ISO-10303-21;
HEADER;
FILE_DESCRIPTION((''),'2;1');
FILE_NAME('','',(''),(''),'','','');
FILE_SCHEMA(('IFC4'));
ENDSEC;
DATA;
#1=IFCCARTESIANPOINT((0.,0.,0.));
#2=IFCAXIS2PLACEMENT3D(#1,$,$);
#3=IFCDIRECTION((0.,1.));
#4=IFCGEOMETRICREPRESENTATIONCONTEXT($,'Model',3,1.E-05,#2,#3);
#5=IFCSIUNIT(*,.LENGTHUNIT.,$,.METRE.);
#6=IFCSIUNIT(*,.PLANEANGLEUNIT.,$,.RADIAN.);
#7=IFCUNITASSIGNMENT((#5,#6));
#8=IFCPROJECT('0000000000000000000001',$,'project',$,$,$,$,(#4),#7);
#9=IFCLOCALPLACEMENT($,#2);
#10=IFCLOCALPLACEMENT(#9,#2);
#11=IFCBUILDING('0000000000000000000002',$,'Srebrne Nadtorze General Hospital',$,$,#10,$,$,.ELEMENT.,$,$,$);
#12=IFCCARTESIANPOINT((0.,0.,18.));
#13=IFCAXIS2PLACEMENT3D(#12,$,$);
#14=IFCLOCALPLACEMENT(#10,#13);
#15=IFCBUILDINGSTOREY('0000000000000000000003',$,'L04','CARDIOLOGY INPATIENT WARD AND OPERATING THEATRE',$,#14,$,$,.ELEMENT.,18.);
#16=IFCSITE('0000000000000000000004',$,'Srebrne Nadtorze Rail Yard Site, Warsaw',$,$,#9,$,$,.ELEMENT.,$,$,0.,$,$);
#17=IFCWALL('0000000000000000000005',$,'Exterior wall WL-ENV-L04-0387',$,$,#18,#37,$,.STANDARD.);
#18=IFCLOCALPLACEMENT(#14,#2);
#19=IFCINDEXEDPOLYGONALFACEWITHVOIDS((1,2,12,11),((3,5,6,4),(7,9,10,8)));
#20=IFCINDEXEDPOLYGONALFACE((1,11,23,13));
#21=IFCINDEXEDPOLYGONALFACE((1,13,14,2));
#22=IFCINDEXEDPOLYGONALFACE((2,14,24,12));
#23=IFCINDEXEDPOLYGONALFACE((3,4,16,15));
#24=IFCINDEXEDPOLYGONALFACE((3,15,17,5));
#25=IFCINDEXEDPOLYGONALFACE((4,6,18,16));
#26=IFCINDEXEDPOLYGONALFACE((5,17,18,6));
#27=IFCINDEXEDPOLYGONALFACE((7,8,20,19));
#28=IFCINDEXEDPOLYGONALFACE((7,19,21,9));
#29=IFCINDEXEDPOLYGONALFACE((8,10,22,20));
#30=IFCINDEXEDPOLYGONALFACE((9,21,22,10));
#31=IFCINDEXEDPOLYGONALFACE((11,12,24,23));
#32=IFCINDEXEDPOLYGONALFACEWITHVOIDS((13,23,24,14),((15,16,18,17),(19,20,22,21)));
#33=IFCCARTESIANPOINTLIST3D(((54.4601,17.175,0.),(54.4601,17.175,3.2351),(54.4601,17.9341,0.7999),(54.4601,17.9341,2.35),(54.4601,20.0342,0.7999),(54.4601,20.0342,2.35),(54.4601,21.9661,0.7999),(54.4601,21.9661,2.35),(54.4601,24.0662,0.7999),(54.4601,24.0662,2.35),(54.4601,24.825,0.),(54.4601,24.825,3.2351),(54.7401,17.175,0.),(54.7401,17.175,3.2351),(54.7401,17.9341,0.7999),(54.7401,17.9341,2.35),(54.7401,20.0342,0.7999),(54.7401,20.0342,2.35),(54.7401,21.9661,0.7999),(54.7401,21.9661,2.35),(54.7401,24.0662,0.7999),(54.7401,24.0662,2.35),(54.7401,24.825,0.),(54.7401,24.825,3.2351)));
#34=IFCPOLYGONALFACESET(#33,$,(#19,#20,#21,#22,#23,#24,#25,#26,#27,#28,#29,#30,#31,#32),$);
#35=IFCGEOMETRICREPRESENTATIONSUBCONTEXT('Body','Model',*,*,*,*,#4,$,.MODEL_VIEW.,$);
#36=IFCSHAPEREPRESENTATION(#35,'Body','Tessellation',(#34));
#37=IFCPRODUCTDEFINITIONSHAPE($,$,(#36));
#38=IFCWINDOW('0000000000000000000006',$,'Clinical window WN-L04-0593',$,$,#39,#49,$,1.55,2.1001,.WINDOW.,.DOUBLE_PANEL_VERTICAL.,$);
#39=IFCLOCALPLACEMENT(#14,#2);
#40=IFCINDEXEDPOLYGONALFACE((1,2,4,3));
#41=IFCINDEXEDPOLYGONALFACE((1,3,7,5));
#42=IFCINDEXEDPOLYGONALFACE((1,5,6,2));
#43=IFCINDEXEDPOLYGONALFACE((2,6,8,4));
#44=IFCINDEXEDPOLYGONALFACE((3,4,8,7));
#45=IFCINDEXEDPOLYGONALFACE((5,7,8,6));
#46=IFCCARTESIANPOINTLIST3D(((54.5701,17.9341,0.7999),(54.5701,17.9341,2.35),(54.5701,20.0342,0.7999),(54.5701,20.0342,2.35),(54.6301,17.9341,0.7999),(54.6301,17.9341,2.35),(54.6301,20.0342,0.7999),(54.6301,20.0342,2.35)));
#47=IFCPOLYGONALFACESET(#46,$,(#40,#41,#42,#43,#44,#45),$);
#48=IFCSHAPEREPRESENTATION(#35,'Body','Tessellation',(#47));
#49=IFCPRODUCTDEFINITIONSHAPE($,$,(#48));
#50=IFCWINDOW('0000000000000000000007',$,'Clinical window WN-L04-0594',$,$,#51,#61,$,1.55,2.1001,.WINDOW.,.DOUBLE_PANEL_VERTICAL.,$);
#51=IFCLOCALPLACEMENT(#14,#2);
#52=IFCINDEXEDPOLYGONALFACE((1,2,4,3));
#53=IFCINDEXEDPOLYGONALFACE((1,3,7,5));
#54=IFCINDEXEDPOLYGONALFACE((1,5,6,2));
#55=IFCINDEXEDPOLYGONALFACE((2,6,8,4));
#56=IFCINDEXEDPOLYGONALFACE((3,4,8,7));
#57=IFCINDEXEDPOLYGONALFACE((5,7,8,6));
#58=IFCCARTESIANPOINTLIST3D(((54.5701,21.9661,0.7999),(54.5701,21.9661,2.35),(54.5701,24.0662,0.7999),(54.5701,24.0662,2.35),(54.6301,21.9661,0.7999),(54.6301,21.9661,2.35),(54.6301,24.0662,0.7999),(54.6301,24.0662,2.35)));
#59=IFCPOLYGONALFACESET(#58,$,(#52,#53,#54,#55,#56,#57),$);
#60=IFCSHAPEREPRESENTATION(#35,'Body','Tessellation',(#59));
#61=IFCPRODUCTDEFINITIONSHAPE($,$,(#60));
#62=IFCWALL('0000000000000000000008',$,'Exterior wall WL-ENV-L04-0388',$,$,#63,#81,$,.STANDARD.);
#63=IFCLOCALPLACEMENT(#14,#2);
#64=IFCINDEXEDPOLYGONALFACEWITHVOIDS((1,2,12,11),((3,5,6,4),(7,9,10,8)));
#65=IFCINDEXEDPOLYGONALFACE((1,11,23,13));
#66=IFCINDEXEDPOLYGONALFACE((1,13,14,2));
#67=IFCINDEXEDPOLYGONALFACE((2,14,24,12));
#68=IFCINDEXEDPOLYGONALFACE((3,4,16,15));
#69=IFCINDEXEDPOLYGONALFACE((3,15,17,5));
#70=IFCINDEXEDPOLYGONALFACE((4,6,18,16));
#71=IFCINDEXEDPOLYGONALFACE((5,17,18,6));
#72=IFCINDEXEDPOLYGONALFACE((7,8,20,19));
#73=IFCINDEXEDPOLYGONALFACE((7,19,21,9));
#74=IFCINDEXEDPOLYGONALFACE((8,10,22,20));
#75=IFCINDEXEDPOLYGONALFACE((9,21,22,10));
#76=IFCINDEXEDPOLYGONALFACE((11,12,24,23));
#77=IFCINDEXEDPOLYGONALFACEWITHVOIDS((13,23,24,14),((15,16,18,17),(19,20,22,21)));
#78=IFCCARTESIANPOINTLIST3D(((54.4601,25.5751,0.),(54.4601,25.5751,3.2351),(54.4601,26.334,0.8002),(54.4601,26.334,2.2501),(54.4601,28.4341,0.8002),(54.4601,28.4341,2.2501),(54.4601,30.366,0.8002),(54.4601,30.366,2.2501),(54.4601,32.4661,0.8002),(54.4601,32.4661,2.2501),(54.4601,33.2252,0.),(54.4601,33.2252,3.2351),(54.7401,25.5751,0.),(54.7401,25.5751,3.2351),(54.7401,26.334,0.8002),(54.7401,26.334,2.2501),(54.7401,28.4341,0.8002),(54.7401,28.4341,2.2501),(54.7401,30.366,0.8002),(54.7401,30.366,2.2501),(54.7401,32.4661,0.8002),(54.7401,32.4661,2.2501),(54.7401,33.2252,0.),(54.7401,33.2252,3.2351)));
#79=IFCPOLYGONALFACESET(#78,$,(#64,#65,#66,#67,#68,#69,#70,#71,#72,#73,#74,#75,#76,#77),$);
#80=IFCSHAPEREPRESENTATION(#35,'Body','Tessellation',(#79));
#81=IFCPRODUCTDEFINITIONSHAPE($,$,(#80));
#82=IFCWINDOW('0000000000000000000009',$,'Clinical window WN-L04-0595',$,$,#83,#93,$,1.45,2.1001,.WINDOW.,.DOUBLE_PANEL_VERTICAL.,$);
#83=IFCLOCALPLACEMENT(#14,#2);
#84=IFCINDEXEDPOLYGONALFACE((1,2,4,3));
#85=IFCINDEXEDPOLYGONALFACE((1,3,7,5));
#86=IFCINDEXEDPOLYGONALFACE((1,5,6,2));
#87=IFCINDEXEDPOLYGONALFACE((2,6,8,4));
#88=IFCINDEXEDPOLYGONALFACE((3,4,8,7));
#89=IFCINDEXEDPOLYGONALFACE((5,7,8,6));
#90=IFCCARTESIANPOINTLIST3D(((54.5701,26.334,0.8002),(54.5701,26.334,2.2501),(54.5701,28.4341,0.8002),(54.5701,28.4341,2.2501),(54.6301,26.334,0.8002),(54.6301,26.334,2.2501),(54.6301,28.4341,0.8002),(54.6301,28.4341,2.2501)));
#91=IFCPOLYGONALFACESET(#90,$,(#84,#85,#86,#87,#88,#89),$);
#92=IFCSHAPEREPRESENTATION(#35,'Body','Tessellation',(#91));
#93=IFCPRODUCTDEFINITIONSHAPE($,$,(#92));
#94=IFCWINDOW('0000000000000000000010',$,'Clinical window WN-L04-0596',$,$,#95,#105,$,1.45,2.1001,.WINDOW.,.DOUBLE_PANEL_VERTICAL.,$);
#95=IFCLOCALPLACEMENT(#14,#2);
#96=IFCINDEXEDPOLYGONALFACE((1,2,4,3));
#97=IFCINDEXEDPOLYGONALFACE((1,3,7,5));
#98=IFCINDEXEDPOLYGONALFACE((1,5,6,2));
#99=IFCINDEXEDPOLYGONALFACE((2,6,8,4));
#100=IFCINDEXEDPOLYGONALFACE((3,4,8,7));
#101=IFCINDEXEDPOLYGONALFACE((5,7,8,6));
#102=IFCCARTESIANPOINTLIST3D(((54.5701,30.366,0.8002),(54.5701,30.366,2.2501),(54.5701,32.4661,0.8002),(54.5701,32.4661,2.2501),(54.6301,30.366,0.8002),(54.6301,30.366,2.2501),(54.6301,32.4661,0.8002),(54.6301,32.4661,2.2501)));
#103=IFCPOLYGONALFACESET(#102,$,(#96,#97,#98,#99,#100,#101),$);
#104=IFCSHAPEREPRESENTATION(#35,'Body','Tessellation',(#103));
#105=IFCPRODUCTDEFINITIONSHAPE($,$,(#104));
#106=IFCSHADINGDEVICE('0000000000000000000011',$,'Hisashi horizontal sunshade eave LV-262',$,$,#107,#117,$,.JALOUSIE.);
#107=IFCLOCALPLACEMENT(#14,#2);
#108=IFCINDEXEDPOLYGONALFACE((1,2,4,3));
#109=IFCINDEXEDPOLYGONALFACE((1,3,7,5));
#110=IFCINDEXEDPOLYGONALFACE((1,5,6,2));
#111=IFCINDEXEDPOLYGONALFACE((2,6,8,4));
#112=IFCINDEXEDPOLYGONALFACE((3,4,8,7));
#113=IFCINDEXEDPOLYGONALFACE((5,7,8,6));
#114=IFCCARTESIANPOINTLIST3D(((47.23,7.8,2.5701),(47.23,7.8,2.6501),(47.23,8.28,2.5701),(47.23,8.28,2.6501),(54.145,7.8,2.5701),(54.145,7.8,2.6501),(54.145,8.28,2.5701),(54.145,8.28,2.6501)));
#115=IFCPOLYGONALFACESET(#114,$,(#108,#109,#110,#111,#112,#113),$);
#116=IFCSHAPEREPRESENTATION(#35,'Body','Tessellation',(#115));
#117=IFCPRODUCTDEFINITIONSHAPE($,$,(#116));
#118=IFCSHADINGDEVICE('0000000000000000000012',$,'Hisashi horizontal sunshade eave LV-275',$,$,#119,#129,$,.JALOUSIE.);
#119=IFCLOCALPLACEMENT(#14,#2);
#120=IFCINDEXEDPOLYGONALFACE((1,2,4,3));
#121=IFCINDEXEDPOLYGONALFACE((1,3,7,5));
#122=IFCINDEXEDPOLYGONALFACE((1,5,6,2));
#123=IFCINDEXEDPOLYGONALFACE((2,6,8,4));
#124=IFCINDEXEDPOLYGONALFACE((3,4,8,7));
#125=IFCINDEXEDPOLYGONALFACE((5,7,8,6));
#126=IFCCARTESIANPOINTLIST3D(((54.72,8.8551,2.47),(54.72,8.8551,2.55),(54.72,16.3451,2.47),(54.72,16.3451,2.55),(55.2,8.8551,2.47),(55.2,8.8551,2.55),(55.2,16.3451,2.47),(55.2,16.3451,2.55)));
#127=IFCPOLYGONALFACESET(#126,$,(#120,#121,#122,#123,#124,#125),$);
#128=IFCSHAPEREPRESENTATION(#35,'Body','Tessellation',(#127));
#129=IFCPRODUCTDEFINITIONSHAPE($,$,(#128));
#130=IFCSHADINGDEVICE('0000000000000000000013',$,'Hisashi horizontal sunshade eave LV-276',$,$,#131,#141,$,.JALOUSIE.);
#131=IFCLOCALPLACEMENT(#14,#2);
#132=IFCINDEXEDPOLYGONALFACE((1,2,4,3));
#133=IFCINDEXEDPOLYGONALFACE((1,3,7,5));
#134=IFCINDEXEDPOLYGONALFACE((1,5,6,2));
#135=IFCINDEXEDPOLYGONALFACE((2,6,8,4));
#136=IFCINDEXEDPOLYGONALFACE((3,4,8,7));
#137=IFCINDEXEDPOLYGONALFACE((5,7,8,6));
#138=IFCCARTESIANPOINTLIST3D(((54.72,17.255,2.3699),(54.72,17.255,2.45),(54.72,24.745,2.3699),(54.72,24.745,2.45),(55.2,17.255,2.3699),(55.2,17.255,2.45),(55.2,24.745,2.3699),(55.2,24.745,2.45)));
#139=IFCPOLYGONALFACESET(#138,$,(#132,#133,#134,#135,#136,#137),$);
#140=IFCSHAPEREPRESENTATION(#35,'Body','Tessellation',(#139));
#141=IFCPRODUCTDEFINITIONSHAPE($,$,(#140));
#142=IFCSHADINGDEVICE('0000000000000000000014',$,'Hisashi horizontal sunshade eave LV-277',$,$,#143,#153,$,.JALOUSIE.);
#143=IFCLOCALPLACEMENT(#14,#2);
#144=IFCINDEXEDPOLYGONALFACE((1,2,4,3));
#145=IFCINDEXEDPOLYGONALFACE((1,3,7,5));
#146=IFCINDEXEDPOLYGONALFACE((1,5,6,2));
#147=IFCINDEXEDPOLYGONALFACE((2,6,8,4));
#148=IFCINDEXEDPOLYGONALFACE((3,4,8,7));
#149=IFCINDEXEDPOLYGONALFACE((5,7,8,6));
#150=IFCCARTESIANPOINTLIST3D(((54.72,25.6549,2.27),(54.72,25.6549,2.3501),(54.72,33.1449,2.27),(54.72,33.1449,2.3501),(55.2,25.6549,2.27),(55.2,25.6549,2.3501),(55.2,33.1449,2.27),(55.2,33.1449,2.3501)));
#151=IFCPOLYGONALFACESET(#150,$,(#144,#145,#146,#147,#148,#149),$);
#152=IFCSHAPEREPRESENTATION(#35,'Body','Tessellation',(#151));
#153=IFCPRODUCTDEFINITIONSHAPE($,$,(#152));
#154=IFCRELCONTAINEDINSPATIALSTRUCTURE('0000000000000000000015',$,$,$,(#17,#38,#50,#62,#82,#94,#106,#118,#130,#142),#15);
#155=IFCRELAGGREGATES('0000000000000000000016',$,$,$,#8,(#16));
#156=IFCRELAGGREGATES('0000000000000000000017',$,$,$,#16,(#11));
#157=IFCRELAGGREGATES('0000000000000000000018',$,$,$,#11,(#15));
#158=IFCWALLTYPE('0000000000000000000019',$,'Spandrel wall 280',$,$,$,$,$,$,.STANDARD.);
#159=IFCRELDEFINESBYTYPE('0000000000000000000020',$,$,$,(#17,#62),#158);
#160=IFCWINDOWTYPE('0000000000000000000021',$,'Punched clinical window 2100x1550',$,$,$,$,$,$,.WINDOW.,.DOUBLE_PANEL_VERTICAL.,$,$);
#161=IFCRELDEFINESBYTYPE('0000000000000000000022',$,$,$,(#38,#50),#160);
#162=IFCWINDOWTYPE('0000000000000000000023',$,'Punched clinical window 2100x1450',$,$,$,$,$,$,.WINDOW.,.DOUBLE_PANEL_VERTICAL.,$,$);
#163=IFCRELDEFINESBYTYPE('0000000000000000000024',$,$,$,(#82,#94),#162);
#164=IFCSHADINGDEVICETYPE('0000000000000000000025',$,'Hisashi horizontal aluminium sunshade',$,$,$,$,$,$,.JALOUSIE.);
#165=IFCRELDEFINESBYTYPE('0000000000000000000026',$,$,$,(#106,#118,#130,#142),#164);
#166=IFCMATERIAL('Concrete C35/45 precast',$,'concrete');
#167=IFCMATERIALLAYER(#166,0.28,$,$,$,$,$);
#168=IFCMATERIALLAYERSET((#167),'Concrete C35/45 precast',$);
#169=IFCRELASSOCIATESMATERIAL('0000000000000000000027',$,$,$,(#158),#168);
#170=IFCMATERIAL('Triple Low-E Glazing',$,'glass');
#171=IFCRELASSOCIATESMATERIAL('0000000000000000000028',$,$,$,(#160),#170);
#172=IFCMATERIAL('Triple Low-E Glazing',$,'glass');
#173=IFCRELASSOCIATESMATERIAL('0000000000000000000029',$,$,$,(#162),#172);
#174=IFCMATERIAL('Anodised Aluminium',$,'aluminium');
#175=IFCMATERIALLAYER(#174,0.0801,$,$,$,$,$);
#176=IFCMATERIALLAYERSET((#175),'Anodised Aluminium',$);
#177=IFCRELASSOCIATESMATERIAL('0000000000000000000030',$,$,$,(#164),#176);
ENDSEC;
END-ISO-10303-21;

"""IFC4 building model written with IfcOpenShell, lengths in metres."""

from ifc_helpers import new_model, si_unit, direction, frame, frame_2d, origin, origin_2d, place, context, subcontext, project, spatial, rectangle, extrude, material, layer, layer_set, type_object, element, fill, save


model = new_model("IFC4")

# Units and contexts
model_context = context("Model", 3, precision=1e-05, world=origin(), true_north=direction((0.0, 1.0)))
body_context = subcontext(model_context, "Body", "Model", "MODEL_VIEW")
ifc_project = project(units=[si_unit("LENGTHUNIT", "METRE"), si_unit("PLANEANGLEUNIT", "RADIAN")], contexts=[model_context])

# Site, building, storey
site_placement = place(None, origin())
site = spatial("IfcSite", under=ifc_project, at=site_placement, Name="Srebrne Nadtorze Rail Yard Site, Warsaw", CompositionType="ELEMENT", RefElevation=0.0)
building_placement = place(site_placement, origin())
building = spatial("IfcBuilding", under=site, at=building_placement, Name="Srebrne Nadtorze General Hospital", CompositionType="ELEMENT")
storey_placement = place(building_placement, frame((0.0, 0.0, 18.0)))
storey = spatial("IfcBuildingStorey", under=building, at=storey_placement, Name="L04", Description="CARDIOLOGY INPATIENT WARD AND OPERATING THEATRE", CompositionType="ELEMENT", Elevation=18.0)

# Walls, openings, windows
ifc_material_1 = material(Name="Concrete C35/45 precast", Category="concrete")
ifc_layer_1 = layer(ifc_material_1, 0.28)
ifc_layer_set_1 = layer_set([ifc_layer_1], Name="Concrete C35/45 precast")
wall_type = type_object("IfcWallType", Name="Spandrel wall 280", PredefinedType="STANDARD", material=ifc_layer_set_1)
wall_1_placement = place(storey_placement, frame((54.6001, 17.175, 0.0), z_axis=(0.0, 0.0, 1.0), x_axis=(0.0, 1.0, 0.0)))
wall_1 = element("IfcWall", 1, at=wall_1_placement, inside=storey, type_object=wall_type, Name="Exterior wall WL-ENV-L04-0387", PredefinedType="STANDARD", context=body_context, shape_type="SweptSolid", body=[
    extrude(rectangle(XDim=7.6499, YDim=0.28, at=frame_2d((3.825, 0.0))), origin(), (0.0, 0.0, 1.0), 3.2351),
])
opening_1_placement = place(wall_1_placement, frame((0.759, 0.0, 0.8)))
opening_1 = element("IfcOpeningElement", 2, at=opening_1_placement, cuts=wall_1, PredefinedType="OPENING", context=body_context, shape_type="SweptSolid", body=[
    extrude(rectangle(XDim=2.1001, YDim=1.55, at=frame_2d((1.05, 0.7749))), frame((0.0, 0.1519, 0.0), z_axis=(0.0, -1.0, 0.0), x_axis=(1.0, 0.0, 0.0)), (0.0, 0.0, 1.0), 0.304),
])
opening_2_placement = place(wall_1_placement, frame((4.791, 0.0, 0.8)))
opening_2 = element("IfcOpeningElement", 3, at=opening_2_placement, cuts=wall_1, PredefinedType="OPENING", context=body_context, shape_type="SweptSolid", body=[
    extrude(rectangle(XDim=2.1001, YDim=1.55, at=frame_2d((1.05, 0.7749))), frame((0.0, 0.1519, 0.0), z_axis=(0.0, -1.0, 0.0), x_axis=(1.0, 0.0, 0.0)), (0.0, 0.0, 1.0), 0.304),
])
ifc_material_2 = material(Name="Triple Low-E Glazing", Category="glass")
window_type_1 = type_object("IfcWindowType", Name="Punched clinical window 2100x1550", PartitioningType="DOUBLE_PANEL_VERTICAL", PredefinedType="WINDOW", material=ifc_material_2)
window_1_placement = place(opening_1_placement, origin())
window_1 = element("IfcWindow", 4, at=window_1_placement, inside=storey, type_object=window_type_1, Name="Clinical window WN-L04-0593", OverallHeight=1.55, OverallWidth=2.1001, PartitioningType="DOUBLE_PANEL_VERTICAL", PredefinedType="WINDOW", context=body_context, shape_type="SweptSolid", body=[
    extrude(rectangle(XDim=2.1001, YDim=1.55, at=frame_2d((1.05, 0.7749))), frame((0.0, 0.03, 0.0), z_axis=(0.0, -1.0, 0.0), x_axis=(1.0, 0.0, 0.0)), (0.0, 0.0, 1.0), 0.0601),
])
fill(opening_1, window_1)
window_2_placement = place(opening_2_placement, origin())
window_2 = element("IfcWindow", 5, at=window_2_placement, inside=storey, type_object=window_type_1, Name="Clinical window WN-L04-0594", OverallHeight=1.55, OverallWidth=2.1001, PartitioningType="DOUBLE_PANEL_VERTICAL", PredefinedType="WINDOW", context=body_context, shape_type="SweptSolid", body=[
    extrude(rectangle(XDim=2.1001, YDim=1.55, at=frame_2d((1.05, 0.7749))), frame((0.0, 0.03, 0.0), z_axis=(0.0, -1.0, 0.0), x_axis=(1.0, 0.0, 0.0)), (0.0, 0.0, 1.0), 0.0601),
])
fill(opening_2, window_2)
wall_2_placement = place(storey_placement, frame((54.6001, 25.575, 0.0), z_axis=(0.0, 0.0, 1.0), x_axis=(0.0, 1.0, 0.0)))
wall_2 = element("IfcWall", 6, at=wall_2_placement, inside=storey, type_object=wall_type, Name="Exterior wall WL-ENV-L04-0388", PredefinedType="STANDARD", context=body_context, shape_type="SweptSolid", body=[
    extrude(rectangle(XDim=7.6501, YDim=0.28, at=frame_2d((3.8252, 0.0))), origin(), (0.0, 0.0, 1.0), 3.2351),
])
opening_3_placement = place(wall_2_placement, frame((0.759, 0.0, 0.8)))
opening_3 = element("IfcOpeningElement", 7, at=opening_3_placement, cuts=wall_2, PredefinedType="OPENING", context=body_context, shape_type="SweptSolid", body=[
    extrude(rectangle(XDim=2.1001, YDim=1.45, at=frame_2d((1.05, 0.7251))), frame((0.0, 0.1519, 0.0), z_axis=(0.0, -1.0, 0.0), x_axis=(1.0, 0.0, 0.0)), (0.0, 0.0, 1.0), 0.304),
])
opening_4_placement = place(wall_2_placement, frame((4.791, 0.0, 0.8)))
opening_4 = element("IfcOpeningElement", 8, at=opening_4_placement, cuts=wall_2, PredefinedType="OPENING", context=body_context, shape_type="SweptSolid", body=[
    extrude(rectangle(XDim=2.1001, YDim=1.45, at=frame_2d((1.05, 0.7251))), frame((0.0, 0.1519, 0.0), z_axis=(0.0, -1.0, 0.0), x_axis=(1.0, 0.0, 0.0)), (0.0, 0.0, 1.0), 0.304),
])
ifc_material_3 = material(Name="Triple Low-E Glazing", Category="glass")
window_type_2 = type_object("IfcWindowType", Name="Punched clinical window 2100x1450", PartitioningType="DOUBLE_PANEL_VERTICAL", PredefinedType="WINDOW", material=ifc_material_3)
window_3_placement = place(opening_3_placement, origin())
window_3 = element("IfcWindow", 9, at=window_3_placement, inside=storey, type_object=window_type_2, Name="Clinical window WN-L04-0595", OverallHeight=1.45, OverallWidth=2.1001, PartitioningType="DOUBLE_PANEL_VERTICAL", PredefinedType="WINDOW", context=body_context, shape_type="SweptSolid", body=[
    extrude(rectangle(XDim=2.1001, YDim=1.45, at=frame_2d((1.05, 0.7251))), frame((0.0, 0.03, 0.0), z_axis=(0.0, -1.0, 0.0), x_axis=(1.0, 0.0, 0.0)), (0.0, 0.0, 1.0), 0.0601),
])
fill(opening_3, window_3)
window_4_placement = place(opening_4_placement, origin())
window_4 = element("IfcWindow", 10, at=window_4_placement, inside=storey, type_object=window_type_2, Name="Clinical window WN-L04-0596", OverallHeight=1.45, OverallWidth=2.1001, PartitioningType="DOUBLE_PANEL_VERTICAL", PredefinedType="WINDOW", context=body_context, shape_type="SweptSolid", body=[
    extrude(rectangle(XDim=2.1001, YDim=1.45, at=frame_2d((1.05, 0.7251))), frame((0.0, 0.03, 0.0), z_axis=(0.0, -1.0, 0.0), x_axis=(1.0, 0.0, 0.0)), (0.0, 0.0, 1.0), 0.0601),
])
fill(opening_4, window_4)

# Shading devices
ifc_material_4 = material(Name="Anodised Aluminium", Category="aluminium")
ifc_layer_2 = layer(ifc_material_4, 0.0801)
ifc_layer_set_2 = layer_set([ifc_layer_2], Name="Anodised Aluminium")
shading_device_type = type_object("IfcShadingDeviceType", Name="Hisashi horizontal aluminium sunshade", PredefinedType="JALOUSIE", material=ifc_layer_set_2)
shading_device_placement = place(storey_placement, frame((50.6875, 8.04, 2.5701), z_axis=(0.0, 0.0, 1.0), x_axis=(1.0, 0.0, 0.0)))
element("IfcShadingDevice", 11, at=shading_device_placement, inside=storey, type_object=shading_device_type, Name="Hisashi horizontal sunshade eave LV-262", PredefinedType="JALOUSIE", context=body_context, shape_type="SweptSolid", body=[
    extrude(rectangle(XDim=6.915, YDim=0.48, at=origin_2d()), origin(), (0.0, 0.0, 1.0), 0.0801),
])
for number, where, z_axis, x_axis, name in (
    (12, (54.96, 12.6001, 2.47), (0.0, 0.0, 1.0), (1.0, 0.0, 0.0), "Hisashi horizontal sunshade eave LV-275"),
    (13, (54.96, 21.0, 2.3699), (0.0, 0.0, 1.0), (1.0, 0.0, 0.0), "Hisashi horizontal sunshade eave LV-276"),
    (14, (54.96, 29.3999, 2.27), (0.0, 0.0, 1.0), (1.0, 0.0, 0.0), "Hisashi horizontal sunshade eave LV-277"),
):
    element("IfcShadingDevice", number, at=place(storey_placement, frame(where, z_axis=z_axis, x_axis=x_axis)), inside=storey, type_object=shading_device_type, Name=name, PredefinedType="JALOUSIE", context=body_context, shape_type="SweptSolid", body=[
        extrude(rectangle(XDim=0.48, YDim=7.49, at=origin_2d()), origin(), (0.0, 0.0, 1.0), 0.0801),
    ])

save(model, "model.ifc")
